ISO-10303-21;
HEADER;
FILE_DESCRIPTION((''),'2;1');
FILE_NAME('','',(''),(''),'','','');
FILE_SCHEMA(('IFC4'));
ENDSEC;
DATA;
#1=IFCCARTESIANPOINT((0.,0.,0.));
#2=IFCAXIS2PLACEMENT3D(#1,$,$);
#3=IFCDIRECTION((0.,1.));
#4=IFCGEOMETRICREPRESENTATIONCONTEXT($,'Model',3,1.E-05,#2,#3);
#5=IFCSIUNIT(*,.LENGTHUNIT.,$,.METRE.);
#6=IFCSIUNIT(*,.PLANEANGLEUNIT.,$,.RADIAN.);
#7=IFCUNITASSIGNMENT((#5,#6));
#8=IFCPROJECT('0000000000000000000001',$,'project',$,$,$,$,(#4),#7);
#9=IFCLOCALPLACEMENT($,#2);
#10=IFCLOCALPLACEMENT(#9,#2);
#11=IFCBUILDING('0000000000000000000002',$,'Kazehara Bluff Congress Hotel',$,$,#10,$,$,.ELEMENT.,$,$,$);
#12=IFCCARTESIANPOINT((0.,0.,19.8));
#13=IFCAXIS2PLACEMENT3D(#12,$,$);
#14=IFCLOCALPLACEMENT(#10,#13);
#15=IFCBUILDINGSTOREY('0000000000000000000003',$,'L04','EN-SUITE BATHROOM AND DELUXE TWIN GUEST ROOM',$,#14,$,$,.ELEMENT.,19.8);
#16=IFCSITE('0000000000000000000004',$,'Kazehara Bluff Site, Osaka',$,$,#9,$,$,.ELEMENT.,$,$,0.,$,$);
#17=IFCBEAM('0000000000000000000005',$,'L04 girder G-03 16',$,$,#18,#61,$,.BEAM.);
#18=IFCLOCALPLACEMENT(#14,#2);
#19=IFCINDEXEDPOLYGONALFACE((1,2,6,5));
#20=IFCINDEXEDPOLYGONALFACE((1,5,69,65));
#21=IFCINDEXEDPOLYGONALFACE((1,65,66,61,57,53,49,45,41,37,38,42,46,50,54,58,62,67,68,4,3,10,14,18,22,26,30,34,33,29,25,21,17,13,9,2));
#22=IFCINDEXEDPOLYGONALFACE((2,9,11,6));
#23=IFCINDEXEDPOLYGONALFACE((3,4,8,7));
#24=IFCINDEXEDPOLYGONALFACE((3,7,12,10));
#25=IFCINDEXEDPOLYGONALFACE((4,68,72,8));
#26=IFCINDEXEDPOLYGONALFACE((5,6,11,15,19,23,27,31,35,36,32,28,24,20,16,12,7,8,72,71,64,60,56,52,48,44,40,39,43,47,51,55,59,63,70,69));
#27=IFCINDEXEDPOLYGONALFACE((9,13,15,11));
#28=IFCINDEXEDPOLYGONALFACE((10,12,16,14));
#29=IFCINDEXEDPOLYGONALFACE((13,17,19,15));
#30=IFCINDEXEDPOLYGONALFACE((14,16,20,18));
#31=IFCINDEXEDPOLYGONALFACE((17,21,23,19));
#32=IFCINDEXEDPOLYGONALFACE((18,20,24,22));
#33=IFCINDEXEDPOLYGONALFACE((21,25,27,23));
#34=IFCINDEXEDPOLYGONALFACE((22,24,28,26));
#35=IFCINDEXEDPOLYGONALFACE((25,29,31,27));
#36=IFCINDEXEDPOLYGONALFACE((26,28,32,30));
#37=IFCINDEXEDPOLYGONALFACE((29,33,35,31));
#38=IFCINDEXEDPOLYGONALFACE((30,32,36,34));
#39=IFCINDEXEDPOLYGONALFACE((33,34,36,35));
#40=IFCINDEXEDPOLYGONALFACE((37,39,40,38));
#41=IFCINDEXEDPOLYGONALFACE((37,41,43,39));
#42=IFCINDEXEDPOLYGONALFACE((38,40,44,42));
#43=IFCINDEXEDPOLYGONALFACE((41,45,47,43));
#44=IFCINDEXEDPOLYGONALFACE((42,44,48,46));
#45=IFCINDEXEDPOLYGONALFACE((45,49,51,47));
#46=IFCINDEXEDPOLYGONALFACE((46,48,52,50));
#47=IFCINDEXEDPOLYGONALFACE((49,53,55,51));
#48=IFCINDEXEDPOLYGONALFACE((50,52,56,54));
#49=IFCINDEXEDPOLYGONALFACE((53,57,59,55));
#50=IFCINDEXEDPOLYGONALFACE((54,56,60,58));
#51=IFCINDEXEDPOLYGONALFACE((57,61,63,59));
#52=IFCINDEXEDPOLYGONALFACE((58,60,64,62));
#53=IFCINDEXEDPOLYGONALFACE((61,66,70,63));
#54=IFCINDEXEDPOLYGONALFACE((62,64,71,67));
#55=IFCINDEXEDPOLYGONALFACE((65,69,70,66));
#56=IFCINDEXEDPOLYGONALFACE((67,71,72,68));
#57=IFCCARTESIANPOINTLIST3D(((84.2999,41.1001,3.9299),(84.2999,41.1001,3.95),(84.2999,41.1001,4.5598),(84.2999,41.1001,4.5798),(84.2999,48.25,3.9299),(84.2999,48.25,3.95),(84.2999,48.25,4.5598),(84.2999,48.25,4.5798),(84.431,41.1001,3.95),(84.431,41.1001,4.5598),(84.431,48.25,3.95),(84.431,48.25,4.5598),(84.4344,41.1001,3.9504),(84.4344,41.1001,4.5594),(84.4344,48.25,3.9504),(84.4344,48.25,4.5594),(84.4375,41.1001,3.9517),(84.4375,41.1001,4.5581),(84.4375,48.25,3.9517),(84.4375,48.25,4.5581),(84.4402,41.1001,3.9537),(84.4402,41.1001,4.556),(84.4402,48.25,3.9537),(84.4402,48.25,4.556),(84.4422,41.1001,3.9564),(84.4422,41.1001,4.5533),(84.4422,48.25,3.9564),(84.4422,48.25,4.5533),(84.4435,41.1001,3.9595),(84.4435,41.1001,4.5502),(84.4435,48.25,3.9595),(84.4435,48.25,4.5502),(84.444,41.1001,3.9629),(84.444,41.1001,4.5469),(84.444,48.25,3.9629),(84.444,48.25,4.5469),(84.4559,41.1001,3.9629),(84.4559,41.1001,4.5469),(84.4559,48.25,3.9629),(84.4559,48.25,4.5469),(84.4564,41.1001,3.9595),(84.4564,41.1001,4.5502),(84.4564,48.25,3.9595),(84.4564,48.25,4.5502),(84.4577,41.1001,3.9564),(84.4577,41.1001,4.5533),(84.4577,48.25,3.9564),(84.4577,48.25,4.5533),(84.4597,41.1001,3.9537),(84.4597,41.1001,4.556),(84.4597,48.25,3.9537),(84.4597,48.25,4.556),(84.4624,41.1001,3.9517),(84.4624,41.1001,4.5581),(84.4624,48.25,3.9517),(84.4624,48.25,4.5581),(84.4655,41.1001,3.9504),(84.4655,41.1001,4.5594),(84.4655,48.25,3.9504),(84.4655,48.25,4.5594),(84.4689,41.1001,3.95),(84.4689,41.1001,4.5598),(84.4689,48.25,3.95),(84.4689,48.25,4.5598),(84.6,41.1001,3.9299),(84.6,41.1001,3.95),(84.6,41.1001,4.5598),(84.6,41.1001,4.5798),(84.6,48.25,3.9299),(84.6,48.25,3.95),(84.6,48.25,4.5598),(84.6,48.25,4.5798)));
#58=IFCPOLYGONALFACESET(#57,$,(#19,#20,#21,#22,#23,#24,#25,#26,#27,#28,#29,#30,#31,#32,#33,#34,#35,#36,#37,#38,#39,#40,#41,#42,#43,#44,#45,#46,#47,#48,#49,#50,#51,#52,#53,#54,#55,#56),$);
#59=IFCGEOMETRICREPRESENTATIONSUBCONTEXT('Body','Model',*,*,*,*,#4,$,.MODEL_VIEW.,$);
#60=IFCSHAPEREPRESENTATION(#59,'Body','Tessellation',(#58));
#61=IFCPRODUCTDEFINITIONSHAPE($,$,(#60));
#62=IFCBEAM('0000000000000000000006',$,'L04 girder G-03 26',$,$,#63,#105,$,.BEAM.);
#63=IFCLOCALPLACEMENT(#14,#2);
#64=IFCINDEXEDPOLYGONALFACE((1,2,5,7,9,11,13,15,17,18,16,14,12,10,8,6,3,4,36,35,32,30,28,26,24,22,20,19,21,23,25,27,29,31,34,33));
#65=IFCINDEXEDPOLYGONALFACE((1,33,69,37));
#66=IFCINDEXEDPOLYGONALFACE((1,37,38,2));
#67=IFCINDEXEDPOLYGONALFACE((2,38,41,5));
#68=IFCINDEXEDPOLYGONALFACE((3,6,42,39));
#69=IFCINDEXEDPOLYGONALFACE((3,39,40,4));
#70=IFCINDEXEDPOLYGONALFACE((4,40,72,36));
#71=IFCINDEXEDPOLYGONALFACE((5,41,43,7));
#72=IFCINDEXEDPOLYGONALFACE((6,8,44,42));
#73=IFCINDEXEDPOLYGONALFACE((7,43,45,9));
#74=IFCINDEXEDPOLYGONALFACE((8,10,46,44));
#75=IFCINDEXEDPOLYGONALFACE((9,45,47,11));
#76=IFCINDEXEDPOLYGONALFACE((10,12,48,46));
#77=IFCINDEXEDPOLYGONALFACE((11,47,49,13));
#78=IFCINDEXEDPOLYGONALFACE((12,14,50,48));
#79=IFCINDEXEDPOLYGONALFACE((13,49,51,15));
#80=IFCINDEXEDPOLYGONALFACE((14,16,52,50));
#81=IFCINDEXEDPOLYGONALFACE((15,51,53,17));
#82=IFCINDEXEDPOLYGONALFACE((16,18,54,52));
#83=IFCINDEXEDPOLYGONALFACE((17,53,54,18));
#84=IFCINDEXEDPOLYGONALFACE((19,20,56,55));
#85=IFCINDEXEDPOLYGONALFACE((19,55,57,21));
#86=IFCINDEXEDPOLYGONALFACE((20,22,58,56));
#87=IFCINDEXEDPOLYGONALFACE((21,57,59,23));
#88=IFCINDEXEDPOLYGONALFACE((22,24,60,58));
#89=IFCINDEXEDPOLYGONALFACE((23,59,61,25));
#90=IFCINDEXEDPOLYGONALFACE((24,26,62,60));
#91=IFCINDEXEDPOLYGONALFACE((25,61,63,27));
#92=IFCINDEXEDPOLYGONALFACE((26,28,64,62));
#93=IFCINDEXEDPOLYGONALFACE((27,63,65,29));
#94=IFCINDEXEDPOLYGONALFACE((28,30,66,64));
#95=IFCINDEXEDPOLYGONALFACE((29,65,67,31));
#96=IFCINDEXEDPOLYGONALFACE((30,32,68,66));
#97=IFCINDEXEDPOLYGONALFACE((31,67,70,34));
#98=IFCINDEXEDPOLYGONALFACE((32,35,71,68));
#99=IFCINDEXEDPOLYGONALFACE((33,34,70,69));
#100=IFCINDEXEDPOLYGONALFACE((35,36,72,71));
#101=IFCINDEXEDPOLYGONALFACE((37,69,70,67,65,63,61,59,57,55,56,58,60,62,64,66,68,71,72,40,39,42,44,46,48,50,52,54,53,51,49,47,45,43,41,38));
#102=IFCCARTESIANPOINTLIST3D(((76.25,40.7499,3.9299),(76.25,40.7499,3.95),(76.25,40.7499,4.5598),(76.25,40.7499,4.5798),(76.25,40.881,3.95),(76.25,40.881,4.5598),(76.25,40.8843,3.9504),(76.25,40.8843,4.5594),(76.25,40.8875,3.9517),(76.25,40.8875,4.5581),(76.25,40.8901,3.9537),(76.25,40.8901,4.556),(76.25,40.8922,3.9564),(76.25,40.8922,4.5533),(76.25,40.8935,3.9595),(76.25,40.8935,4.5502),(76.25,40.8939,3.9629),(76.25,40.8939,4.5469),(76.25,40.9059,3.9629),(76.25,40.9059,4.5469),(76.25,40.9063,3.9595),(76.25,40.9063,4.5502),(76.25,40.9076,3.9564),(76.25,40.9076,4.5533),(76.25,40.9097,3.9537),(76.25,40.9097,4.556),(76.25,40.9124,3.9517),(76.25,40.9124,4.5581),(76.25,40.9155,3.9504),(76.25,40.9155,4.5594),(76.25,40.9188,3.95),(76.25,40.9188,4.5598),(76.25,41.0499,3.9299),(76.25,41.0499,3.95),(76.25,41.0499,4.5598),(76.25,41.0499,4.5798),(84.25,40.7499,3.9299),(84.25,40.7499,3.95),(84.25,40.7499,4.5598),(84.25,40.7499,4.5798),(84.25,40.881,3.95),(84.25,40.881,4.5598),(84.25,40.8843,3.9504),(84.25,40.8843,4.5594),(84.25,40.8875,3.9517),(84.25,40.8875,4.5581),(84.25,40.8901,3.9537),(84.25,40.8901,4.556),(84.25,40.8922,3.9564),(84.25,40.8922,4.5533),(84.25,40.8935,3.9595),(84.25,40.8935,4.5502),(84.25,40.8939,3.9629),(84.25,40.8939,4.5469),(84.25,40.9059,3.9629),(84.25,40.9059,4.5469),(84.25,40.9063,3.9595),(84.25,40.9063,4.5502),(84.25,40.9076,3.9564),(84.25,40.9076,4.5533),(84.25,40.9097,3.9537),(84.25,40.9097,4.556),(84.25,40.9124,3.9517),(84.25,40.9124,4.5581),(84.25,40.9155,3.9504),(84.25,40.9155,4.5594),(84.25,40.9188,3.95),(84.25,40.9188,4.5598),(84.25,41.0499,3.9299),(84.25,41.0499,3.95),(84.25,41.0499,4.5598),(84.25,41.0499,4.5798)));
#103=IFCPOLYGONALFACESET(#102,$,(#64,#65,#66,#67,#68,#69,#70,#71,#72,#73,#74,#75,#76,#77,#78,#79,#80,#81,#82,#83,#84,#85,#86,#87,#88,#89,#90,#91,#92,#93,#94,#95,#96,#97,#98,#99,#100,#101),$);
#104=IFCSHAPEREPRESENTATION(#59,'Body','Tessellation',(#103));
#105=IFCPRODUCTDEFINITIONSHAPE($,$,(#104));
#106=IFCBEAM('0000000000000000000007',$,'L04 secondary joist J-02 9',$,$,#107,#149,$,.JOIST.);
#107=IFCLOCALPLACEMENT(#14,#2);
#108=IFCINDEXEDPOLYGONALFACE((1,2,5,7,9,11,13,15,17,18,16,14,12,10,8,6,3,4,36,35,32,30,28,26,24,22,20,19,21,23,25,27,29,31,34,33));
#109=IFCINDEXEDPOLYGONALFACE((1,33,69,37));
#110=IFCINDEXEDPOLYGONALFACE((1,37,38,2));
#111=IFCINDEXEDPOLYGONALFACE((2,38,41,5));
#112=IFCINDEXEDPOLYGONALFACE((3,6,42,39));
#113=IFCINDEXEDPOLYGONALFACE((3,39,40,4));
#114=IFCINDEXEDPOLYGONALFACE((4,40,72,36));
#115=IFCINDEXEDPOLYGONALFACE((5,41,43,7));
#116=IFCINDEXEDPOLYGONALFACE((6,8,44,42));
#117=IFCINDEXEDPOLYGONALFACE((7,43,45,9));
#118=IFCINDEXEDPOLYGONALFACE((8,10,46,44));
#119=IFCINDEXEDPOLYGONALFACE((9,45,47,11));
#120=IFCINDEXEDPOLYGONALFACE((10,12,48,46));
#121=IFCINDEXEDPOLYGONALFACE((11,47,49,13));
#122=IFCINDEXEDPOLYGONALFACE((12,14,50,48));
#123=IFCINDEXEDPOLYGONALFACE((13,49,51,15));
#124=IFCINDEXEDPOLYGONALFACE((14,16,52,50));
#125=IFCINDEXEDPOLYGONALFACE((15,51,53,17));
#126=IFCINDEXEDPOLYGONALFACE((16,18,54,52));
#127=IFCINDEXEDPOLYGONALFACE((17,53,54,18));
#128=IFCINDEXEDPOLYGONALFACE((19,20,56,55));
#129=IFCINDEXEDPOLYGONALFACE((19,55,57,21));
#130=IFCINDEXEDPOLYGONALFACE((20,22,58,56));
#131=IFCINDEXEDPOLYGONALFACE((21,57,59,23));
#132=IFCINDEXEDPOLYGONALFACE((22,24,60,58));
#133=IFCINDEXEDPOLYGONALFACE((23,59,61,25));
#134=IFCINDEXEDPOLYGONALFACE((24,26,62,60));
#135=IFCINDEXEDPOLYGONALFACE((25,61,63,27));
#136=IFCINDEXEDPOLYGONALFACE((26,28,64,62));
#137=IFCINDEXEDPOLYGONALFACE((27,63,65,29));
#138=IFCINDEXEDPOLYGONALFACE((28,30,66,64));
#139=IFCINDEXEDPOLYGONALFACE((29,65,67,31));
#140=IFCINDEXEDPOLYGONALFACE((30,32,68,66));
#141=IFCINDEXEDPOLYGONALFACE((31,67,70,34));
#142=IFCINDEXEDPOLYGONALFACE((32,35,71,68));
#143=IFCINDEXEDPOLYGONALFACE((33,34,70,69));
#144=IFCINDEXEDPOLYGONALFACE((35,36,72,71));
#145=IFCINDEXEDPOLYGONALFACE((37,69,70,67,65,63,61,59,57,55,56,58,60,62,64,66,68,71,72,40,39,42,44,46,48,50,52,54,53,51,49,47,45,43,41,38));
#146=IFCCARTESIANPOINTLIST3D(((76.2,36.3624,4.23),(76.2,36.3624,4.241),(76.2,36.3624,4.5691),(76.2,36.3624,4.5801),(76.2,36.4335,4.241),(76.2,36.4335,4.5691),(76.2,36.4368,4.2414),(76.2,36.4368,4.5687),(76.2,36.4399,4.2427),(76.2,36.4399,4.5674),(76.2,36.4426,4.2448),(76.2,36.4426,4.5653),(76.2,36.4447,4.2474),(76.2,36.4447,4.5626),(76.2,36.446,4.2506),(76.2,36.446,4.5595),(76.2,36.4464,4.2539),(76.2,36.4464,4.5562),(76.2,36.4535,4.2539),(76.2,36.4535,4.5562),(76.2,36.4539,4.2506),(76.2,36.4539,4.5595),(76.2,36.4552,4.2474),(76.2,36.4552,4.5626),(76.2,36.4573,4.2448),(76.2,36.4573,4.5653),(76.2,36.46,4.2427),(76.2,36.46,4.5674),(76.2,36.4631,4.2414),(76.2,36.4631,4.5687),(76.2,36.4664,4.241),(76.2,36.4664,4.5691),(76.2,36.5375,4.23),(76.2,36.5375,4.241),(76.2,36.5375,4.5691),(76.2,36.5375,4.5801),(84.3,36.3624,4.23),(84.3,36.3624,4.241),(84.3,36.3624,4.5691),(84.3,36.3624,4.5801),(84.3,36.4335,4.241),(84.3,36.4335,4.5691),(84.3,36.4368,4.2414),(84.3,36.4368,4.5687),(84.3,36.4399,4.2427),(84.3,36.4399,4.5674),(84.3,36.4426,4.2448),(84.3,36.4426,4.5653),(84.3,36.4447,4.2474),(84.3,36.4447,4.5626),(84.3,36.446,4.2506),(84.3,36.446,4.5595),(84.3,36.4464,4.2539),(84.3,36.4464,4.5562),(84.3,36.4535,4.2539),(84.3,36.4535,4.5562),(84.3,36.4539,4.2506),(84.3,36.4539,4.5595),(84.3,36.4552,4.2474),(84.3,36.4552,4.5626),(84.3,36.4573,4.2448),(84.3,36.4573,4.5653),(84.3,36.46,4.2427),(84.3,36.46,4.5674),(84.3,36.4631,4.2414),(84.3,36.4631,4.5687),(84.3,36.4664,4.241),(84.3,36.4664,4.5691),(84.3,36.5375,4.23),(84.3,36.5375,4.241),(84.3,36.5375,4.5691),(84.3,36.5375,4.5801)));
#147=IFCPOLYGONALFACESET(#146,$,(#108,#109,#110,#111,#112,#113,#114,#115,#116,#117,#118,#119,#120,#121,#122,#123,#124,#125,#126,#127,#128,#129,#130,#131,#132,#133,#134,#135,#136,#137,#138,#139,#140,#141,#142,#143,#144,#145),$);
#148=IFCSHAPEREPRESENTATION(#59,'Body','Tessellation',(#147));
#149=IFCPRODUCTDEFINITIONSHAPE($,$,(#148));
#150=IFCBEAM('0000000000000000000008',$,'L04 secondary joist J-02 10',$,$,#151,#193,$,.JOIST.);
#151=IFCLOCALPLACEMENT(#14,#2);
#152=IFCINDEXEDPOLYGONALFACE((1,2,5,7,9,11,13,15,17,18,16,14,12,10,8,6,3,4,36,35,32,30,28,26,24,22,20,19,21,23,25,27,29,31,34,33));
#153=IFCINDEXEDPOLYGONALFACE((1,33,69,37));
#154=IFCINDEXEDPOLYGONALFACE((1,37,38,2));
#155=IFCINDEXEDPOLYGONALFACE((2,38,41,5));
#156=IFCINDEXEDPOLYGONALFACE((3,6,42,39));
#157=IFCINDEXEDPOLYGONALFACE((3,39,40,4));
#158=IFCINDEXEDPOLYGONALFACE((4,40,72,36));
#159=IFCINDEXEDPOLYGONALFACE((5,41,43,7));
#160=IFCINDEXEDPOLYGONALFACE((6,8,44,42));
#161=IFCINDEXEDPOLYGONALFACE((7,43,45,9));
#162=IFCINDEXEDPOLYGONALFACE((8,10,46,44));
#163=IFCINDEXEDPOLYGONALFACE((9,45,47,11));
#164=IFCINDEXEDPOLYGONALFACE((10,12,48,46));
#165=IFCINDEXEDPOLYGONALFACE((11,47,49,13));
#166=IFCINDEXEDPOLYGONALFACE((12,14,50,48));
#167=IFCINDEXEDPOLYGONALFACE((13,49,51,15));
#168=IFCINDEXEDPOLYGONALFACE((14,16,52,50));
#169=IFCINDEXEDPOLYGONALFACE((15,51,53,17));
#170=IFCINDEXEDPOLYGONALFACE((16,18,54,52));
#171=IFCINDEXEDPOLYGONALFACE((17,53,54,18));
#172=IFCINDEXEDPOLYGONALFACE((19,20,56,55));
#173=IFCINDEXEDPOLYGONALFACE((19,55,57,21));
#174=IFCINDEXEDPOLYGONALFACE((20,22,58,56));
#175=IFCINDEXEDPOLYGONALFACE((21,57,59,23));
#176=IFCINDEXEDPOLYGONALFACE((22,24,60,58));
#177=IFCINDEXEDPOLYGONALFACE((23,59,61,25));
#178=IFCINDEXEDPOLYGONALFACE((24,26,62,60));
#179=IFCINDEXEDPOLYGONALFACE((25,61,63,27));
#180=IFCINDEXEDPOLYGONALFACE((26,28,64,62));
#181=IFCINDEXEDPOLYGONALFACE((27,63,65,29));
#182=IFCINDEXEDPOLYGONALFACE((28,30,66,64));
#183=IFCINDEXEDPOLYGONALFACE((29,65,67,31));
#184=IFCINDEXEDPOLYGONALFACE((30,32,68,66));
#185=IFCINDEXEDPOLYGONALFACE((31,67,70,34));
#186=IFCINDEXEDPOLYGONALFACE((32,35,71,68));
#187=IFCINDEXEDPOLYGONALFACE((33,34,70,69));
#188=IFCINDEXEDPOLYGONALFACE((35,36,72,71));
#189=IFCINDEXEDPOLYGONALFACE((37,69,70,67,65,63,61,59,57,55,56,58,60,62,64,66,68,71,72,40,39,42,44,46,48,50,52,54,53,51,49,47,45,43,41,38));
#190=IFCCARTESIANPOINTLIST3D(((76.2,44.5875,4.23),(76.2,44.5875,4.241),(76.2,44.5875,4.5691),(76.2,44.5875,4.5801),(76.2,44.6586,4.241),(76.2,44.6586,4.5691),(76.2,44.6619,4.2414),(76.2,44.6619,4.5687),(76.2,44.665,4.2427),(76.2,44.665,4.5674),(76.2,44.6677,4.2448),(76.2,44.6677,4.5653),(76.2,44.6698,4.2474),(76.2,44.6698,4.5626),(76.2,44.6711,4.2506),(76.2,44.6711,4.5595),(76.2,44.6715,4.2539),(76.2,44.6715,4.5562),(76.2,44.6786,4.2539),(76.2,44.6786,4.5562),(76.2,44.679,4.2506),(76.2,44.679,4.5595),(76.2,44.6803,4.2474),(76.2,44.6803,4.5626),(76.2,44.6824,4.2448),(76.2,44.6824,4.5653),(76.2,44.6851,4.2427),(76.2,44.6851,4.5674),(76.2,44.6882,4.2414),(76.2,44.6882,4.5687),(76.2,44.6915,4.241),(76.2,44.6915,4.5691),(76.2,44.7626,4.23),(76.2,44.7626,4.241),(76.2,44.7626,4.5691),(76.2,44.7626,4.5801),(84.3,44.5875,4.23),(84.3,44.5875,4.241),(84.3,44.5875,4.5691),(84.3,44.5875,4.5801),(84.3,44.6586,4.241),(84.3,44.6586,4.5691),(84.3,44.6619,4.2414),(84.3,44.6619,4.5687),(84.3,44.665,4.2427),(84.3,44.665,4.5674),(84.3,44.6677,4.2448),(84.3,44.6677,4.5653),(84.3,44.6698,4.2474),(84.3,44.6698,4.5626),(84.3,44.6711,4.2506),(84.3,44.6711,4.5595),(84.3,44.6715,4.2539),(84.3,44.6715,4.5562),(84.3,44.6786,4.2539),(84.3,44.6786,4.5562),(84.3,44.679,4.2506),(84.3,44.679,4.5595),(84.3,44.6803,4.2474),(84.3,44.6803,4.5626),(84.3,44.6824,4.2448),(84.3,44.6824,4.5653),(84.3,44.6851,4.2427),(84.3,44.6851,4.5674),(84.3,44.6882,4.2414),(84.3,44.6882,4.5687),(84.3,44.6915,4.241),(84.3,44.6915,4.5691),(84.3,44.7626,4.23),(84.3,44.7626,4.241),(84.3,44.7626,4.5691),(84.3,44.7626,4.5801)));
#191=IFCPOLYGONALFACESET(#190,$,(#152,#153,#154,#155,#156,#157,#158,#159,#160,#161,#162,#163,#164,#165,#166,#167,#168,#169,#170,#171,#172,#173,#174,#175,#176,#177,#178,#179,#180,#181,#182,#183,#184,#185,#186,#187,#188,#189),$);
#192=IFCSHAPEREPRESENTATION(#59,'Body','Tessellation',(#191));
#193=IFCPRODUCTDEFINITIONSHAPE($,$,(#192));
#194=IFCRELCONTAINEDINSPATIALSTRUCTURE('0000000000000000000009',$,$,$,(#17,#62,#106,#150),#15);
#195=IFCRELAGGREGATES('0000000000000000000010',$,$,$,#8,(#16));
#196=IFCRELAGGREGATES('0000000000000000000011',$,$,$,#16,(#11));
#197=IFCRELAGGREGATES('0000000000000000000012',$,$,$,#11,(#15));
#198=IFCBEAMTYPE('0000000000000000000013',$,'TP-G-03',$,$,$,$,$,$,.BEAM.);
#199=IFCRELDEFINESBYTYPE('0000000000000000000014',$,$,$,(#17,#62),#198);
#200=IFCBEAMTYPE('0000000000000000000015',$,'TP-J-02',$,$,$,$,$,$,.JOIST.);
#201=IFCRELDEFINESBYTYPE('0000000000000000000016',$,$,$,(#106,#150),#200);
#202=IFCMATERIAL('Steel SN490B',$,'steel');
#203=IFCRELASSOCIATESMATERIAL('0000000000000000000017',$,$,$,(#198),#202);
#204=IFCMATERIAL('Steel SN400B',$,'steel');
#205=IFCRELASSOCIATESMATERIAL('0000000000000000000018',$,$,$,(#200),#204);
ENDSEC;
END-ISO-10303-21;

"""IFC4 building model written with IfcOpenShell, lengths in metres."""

from ifc_helpers import new_model, si_unit, direction, frame, origin, origin_2d, place, context, subcontext, project, spatial, i_section, extrude, material, material_profile, profile_set, type_object, element, save


model = new_model("IFC4")

# Units and contexts
model_context = context("Model", 3, precision=1e-05, world=origin(), true_north=direction((0.0, 1.0)))
body_context = subcontext(model_context, "Body", "Model", "MODEL_VIEW")
ifc_project = project(units=[si_unit("LENGTHUNIT", "METRE"), si_unit("PLANEANGLEUNIT", "RADIAN")], contexts=[model_context])

# Site, building, storey
site_placement = place(None, origin())
site = spatial("IfcSite", under=ifc_project, at=site_placement, Name="Kazehara Bluff Site, Osaka", CompositionType="ELEMENT", RefElevation=0.0)
building_placement = place(site_placement, origin())
building = spatial("IfcBuilding", under=site, at=building_placement, Name="Kazehara Bluff Congress Hotel", CompositionType="ELEMENT")
storey_placement = place(building_placement, frame((0.0, 0.0, 19.8)))
storey = spatial("IfcBuildingStorey", under=building, at=storey_placement, Name="L04", Description="EN-SUITE BATHROOM AND DELUXE TWIN GUEST ROOM", CompositionType="ELEMENT", Elevation=19.8)

# Beams
ifc_material_1 = material(Name="Steel SN490B", Category="steel")
ifc_material_profile_1 = material_profile(ifc_material_1, i_section(OverallWidth=0.3, OverallDepth=0.6499, WebThickness=0.012, FlangeThickness=0.02, FilletRadius=0.0129, at=origin_2d()))
ifc_profile_set_1 = profile_set([ifc_material_profile_1], Name="Steel SN490B")
beam_type_1 = type_object("IfcBeamType", Name="TP-G-03", PredefinedType="BEAM", material=ifc_profile_set_1)
for number, where, z_axis, x_axis, name in (
    (1, (84.45, 41.1001, 4.2549), (0.0, 1.0, 0.0), (-1.0, 0.0, 0.0), "L04 girder G-03 16"),
):
    element("IfcBeam", number, at=place(storey_placement, frame(where, z_axis=z_axis, x_axis=x_axis)), inside=storey, type_object=beam_type_1, Name=name, PredefinedType="BEAM", context=body_context, shape_type="SweptSolid", body=[
        extrude(i_section(OverallWidth=0.3, OverallDepth=0.6499, WebThickness=0.012, FlangeThickness=0.02, FilletRadius=0.0129, at=origin_2d()), origin(), (0.0, 0.0, 1.0), 7.1499),
    ])
beam_1_placement = place(storey_placement, frame((76.25, 40.8999, 4.2549), z_axis=(1.0, 0.0, 0.0), x_axis=(0.0, 1.0, 0.0)))
element("IfcBeam", 2, at=beam_1_placement, inside=storey, type_object=beam_type_1, Name="L04 girder G-03 26", PredefinedType="BEAM", context=body_context, shape_type="SweptSolid", body=[
    extrude(i_section(OverallWidth=0.3, OverallDepth=0.6499, WebThickness=0.012, FlangeThickness=0.02, FilletRadius=0.0129, at=origin_2d()), origin(), (0.0, 0.0, 1.0), 8.0),
])
ifc_material_2 = material(Name="Steel SN400B", Category="steel")
ifc_material_profile_2 = material_profile(ifc_material_2, i_section(OverallWidth=0.175, OverallDepth=0.3501, WebThickness=0.0071, FlangeThickness=0.011, FilletRadius=0.0129, at=origin_2d()))
ifc_profile_set_2 = profile_set([ifc_material_profile_2], Name="Steel SN400B")
beam_type_2 = type_object("IfcBeamType", Name="TP-J-02", PredefinedType="JOIST", material=ifc_profile_set_2)
for number, where, z_axis, x_axis, name in (
    (3, (76.2, 36.45, 4.405), (1.0, 0.0, 0.0), (0.0, 1.0, 0.0), "L04 secondary joist J-02 9"),
    (4, (76.2, 44.675, 4.405), (1.0, 0.0, 0.0), (0.0, 1.0, 0.0), "L04 secondary joist J-02 10"),
):
    element("IfcBeam", number, at=place(storey_placement, frame(where, z_axis=z_axis, x_axis=x_axis)), inside=storey, type_object=beam_type_2, Name=name, PredefinedType="JOIST", context=body_context, shape_type="SweptSolid", body=[
        extrude(i_section(OverallWidth=0.175, OverallDepth=0.3501, WebThickness=0.0071, FlangeThickness=0.011, FilletRadius=0.0129, at=origin_2d()), origin(), (0.0, 0.0, 1.0), 8.1001),
    ])

save(model, "model.ifc")
